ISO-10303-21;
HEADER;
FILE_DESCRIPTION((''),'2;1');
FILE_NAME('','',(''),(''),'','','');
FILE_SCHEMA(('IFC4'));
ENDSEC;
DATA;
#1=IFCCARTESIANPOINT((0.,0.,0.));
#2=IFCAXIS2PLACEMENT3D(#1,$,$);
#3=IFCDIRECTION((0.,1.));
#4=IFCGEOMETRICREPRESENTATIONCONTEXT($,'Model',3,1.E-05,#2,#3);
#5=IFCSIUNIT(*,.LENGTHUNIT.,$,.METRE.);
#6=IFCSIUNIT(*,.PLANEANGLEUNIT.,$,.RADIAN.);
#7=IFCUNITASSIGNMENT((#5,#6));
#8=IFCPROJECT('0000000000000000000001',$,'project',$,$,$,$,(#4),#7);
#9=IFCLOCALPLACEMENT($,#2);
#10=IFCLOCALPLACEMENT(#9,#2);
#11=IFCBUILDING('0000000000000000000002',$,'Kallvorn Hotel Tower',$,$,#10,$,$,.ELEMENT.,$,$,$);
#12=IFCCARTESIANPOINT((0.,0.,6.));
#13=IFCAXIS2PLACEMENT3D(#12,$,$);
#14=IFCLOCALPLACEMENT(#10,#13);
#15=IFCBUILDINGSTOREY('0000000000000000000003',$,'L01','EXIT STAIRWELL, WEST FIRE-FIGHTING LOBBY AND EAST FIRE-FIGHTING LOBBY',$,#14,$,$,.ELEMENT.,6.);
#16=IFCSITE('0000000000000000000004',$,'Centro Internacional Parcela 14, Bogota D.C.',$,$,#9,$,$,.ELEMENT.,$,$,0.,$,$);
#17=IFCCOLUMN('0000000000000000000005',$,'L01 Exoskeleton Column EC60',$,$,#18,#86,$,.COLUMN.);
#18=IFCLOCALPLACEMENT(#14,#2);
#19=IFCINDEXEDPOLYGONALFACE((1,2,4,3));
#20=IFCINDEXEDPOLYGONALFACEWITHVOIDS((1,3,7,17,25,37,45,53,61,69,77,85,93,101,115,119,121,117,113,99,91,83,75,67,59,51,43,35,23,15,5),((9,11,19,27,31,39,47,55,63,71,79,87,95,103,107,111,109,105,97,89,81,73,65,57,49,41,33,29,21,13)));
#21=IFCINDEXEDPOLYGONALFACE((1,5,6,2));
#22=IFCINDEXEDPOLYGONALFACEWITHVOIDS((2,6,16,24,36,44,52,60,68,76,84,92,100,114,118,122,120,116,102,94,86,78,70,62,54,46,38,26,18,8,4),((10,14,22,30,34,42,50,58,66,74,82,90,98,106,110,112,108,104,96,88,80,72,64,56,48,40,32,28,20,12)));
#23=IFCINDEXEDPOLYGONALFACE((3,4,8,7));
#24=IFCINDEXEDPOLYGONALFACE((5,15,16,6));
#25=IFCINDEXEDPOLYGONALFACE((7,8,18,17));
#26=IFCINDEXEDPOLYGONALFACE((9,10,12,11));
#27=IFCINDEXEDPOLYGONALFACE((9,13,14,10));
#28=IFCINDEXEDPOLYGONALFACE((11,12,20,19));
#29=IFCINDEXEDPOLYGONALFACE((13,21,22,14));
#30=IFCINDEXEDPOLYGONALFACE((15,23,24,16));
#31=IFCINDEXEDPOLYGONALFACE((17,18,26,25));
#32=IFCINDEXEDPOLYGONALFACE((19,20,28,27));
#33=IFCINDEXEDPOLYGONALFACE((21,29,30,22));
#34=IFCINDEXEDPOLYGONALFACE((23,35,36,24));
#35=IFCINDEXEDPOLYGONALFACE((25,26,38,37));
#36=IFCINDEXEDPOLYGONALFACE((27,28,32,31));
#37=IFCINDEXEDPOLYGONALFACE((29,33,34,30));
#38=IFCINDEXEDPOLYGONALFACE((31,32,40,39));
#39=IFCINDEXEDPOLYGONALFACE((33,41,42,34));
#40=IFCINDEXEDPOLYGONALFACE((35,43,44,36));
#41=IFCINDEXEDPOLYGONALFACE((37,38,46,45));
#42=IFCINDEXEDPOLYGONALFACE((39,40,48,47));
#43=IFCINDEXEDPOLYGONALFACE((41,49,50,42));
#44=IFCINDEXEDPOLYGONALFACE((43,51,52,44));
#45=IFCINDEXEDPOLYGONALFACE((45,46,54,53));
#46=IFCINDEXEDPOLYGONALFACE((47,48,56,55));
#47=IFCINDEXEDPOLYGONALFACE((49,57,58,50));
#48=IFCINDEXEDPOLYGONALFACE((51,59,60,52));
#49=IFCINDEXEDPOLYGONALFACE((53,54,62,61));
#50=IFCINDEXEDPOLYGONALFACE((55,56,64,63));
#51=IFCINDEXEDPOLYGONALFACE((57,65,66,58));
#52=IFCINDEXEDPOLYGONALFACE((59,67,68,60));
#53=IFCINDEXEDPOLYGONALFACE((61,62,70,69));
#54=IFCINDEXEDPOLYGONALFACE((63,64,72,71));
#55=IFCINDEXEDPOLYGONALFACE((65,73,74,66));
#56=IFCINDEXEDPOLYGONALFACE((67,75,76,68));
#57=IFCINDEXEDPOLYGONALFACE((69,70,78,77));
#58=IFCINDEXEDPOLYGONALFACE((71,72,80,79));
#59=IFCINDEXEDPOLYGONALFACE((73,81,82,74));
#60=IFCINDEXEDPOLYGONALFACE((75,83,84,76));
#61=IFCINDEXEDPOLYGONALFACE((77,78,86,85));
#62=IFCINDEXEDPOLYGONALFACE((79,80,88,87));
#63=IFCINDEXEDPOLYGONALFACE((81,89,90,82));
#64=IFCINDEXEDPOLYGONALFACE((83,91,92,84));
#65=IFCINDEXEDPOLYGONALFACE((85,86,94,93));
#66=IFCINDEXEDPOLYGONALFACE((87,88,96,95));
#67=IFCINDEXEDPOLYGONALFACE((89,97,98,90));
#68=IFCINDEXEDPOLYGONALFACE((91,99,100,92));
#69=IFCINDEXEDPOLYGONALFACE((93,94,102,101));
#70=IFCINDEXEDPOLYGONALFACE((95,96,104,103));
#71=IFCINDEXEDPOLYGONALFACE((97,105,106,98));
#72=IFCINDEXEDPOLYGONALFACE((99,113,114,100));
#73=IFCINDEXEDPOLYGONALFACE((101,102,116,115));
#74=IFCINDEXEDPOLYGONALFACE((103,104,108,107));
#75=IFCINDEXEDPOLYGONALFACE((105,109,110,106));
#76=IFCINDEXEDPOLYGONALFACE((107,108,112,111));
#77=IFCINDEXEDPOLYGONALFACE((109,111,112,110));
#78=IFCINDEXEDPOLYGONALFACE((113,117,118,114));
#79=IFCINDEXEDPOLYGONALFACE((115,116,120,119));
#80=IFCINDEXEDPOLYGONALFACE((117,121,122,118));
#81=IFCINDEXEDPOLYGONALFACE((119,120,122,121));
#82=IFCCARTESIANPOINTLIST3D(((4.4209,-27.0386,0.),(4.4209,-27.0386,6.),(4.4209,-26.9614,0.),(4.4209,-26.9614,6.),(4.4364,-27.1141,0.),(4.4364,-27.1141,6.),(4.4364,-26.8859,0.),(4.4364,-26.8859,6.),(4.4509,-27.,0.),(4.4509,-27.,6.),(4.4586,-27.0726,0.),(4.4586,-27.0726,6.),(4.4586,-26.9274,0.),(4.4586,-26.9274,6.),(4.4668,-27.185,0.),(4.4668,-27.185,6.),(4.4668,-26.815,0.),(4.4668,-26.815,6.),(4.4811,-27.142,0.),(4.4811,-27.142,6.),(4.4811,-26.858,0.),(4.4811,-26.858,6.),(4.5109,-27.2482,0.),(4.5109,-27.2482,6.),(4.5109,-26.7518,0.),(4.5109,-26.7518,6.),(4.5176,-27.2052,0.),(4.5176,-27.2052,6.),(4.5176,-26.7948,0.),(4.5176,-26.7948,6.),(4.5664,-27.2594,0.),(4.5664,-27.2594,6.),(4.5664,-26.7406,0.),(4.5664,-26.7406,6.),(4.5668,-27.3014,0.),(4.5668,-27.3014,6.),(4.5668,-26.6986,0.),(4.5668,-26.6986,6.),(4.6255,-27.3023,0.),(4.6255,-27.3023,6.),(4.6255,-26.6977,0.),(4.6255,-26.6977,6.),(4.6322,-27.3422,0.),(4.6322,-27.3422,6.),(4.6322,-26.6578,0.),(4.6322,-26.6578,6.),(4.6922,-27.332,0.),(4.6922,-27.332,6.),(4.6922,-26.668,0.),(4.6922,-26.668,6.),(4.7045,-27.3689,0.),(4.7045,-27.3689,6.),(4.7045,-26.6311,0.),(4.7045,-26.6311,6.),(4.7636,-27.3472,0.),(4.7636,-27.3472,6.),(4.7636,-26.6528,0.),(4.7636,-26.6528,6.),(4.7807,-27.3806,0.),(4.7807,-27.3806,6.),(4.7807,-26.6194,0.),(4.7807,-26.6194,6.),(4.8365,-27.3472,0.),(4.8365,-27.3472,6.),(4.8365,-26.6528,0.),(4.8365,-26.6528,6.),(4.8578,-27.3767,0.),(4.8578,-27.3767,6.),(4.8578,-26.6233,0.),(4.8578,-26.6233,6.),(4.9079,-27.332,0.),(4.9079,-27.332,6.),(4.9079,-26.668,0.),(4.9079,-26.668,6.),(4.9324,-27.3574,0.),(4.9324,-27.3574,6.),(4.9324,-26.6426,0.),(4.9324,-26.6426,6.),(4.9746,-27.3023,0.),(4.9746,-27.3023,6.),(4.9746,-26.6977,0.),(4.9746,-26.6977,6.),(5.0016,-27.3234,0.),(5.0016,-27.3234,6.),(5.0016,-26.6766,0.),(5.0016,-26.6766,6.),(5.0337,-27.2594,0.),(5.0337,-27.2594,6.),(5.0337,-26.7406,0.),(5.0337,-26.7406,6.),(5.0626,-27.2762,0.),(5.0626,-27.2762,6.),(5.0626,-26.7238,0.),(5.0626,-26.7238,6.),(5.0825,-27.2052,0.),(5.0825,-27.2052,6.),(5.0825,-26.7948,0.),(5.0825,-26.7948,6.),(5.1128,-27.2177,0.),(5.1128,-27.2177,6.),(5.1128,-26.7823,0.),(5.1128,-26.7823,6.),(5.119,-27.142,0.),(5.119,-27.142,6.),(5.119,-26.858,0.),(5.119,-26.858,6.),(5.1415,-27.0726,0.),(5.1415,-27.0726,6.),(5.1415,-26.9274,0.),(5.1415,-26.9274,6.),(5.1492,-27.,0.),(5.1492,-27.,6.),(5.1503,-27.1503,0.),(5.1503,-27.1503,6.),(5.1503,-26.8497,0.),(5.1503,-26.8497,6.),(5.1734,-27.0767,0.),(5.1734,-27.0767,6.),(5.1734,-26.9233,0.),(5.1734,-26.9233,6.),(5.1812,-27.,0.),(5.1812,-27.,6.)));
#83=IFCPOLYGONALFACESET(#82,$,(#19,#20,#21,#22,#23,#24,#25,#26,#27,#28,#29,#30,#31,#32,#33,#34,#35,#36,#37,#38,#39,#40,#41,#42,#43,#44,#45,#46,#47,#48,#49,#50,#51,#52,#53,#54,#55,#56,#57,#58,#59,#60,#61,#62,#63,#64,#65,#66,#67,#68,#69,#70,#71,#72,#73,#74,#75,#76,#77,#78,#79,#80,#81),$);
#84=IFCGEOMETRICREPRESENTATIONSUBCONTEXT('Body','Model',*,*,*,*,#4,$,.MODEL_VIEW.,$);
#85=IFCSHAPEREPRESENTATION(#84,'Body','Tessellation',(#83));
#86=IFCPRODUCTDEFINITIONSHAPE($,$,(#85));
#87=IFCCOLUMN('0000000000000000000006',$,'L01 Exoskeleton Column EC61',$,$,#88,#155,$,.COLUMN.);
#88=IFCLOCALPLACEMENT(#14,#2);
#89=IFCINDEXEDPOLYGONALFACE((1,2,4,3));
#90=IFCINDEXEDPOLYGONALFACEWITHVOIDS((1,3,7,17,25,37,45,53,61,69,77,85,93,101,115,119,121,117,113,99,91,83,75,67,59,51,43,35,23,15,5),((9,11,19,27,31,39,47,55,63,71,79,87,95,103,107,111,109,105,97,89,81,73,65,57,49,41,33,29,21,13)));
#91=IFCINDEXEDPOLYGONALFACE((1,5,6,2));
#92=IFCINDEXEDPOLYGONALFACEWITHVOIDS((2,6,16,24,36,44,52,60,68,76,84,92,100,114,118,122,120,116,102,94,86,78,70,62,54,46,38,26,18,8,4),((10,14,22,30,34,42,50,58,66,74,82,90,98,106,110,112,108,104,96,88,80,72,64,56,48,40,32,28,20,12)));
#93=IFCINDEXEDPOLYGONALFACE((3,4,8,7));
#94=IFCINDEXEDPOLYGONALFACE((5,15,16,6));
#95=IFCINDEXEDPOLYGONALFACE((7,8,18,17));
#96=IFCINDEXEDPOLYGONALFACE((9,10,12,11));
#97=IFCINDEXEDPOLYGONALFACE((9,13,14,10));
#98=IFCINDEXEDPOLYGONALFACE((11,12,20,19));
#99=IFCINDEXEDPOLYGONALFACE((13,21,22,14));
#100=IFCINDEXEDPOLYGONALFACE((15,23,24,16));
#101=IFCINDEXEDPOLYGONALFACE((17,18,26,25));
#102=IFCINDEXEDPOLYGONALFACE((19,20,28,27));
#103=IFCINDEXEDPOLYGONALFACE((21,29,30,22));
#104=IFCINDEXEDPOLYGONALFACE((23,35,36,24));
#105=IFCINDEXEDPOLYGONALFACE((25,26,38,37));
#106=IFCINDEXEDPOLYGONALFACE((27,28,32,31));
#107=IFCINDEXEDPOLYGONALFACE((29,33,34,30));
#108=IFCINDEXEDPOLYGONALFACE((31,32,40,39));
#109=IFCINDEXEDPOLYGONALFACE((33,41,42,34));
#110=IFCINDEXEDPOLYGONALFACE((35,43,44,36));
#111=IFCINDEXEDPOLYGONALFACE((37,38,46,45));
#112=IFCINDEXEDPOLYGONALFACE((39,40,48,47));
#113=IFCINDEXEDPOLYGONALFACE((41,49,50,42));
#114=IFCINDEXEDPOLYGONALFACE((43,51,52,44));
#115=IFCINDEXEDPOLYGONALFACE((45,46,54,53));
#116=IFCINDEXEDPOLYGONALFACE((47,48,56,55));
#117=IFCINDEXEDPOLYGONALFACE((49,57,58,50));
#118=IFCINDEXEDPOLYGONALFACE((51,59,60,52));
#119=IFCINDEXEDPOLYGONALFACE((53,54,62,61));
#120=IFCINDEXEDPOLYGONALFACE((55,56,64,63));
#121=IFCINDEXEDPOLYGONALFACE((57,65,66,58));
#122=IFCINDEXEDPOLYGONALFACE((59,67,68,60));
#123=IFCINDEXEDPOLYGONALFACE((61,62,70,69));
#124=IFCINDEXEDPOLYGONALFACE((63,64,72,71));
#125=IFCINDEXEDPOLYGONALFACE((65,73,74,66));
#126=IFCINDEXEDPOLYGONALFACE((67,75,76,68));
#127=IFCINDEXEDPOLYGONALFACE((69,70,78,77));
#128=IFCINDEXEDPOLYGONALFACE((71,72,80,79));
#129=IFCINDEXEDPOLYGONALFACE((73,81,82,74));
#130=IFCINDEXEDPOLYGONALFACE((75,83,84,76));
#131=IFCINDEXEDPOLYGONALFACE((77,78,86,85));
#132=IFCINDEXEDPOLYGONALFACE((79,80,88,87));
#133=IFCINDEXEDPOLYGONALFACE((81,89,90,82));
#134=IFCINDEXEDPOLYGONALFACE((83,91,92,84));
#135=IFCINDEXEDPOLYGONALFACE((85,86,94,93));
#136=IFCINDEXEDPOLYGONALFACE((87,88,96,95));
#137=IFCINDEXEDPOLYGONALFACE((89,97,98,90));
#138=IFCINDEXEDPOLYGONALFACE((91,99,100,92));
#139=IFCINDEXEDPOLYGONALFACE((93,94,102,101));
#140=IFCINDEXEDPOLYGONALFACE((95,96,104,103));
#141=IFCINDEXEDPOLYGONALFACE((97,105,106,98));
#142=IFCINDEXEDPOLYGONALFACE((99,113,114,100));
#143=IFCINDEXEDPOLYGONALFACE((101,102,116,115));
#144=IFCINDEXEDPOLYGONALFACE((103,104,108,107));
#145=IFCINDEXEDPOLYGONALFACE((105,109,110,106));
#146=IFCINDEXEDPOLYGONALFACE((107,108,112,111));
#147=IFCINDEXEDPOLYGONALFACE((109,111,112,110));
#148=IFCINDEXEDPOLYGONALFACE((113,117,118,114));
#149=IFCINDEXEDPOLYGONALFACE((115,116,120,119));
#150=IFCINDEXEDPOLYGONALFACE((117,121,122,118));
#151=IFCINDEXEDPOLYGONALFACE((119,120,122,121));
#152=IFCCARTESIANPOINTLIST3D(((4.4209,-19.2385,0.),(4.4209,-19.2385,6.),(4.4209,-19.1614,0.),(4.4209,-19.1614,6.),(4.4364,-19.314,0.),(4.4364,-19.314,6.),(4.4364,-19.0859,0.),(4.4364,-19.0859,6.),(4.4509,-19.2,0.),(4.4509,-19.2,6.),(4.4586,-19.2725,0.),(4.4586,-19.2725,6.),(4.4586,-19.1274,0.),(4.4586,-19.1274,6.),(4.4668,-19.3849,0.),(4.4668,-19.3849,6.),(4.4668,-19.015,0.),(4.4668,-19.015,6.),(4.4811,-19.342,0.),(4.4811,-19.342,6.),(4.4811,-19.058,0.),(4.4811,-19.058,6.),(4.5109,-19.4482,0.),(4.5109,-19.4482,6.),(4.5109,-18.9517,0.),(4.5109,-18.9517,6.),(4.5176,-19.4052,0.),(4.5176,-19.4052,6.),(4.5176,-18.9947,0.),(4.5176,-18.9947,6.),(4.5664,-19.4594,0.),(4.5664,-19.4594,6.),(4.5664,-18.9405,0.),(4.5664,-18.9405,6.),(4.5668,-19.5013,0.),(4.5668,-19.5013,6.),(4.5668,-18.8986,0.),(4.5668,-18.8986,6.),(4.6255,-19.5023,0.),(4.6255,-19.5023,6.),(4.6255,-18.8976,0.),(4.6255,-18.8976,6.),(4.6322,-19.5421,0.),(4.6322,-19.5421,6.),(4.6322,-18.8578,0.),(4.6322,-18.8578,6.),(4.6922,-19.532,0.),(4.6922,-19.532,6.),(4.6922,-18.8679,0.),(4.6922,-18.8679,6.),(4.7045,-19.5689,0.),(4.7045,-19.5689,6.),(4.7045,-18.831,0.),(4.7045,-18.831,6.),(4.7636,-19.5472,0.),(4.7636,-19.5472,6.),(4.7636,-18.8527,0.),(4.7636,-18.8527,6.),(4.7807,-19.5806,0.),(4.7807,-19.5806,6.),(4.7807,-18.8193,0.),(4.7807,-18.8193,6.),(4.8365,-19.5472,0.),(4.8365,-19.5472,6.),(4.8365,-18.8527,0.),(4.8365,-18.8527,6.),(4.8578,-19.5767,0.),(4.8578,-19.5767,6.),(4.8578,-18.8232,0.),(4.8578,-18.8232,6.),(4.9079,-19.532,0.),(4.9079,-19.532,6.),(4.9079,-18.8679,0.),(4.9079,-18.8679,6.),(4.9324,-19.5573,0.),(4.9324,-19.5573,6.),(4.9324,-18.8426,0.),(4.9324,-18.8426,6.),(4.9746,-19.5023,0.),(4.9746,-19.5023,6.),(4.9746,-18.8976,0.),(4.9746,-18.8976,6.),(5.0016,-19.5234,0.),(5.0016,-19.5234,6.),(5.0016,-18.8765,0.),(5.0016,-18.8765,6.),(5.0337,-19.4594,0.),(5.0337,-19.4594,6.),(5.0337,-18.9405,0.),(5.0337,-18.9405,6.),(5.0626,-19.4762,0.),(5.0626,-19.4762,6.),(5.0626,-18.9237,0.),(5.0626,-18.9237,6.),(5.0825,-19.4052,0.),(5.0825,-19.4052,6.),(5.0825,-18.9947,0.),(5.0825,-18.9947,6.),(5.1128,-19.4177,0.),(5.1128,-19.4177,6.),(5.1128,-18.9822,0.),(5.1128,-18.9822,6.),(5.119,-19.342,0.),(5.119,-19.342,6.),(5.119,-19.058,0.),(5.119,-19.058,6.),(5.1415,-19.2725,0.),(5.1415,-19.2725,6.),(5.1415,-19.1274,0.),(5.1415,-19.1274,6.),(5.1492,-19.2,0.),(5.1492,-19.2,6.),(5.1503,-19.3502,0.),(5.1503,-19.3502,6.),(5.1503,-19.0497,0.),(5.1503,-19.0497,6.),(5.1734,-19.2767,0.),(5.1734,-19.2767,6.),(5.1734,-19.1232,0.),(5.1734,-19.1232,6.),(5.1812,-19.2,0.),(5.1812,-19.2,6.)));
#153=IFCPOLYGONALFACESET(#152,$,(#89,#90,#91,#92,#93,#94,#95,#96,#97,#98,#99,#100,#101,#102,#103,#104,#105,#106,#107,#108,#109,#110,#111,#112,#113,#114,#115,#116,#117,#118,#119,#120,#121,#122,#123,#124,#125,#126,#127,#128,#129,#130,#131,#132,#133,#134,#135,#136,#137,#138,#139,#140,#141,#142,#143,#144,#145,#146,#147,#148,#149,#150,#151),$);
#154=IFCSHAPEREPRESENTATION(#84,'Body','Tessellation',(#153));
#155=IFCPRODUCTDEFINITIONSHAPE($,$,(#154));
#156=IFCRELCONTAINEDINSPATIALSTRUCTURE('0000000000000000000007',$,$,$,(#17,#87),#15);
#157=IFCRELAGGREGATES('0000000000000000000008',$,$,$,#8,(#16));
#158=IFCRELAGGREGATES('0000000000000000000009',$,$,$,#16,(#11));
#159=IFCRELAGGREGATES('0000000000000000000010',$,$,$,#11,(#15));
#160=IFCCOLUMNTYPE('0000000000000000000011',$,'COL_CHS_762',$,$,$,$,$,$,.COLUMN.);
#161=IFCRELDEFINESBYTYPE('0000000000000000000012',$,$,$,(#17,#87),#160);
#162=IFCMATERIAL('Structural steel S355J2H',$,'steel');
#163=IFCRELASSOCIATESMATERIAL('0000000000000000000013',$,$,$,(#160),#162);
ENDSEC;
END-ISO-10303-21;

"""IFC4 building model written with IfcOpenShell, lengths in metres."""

from ifc_helpers import new_model, si_unit, direction, frame, origin, origin_2d, place, context, subcontext, project, spatial, hollow_circle, extrude, material, material_profile, profile_set, type_object, element, save


model = new_model("IFC4")

# Units and contexts
model_context = context("Model", 3, precision=1e-05, world=origin(), true_north=direction((0.0, 1.0)))
body_context = subcontext(model_context, "Body", "Model", "MODEL_VIEW")
ifc_project = project(units=[si_unit("LENGTHUNIT", "METRE"), si_unit("PLANEANGLEUNIT", "RADIAN")], contexts=[model_context])

# Site, building, storey
site_placement = place(None, origin())
site = spatial("IfcSite", under=ifc_project, at=site_placement, Name="Centro Internacional Parcela 14, Bogota D.C.", CompositionType="ELEMENT", RefElevation=0.0)
building_placement = place(site_placement, origin())
building = spatial("IfcBuilding", under=site, at=building_placement, Name="Kallvorn Hotel Tower", CompositionType="ELEMENT")
storey_placement = place(building_placement, frame((0.0, 0.0, 6.0)))
storey = spatial("IfcBuildingStorey", under=building, at=storey_placement, Name="L01", Description="EXIT STAIRWELL, WEST FIRE-FIGHTING LOBBY AND EAST FIRE-FIGHTING LOBBY", CompositionType="ELEMENT", Elevation=6.0)

# Columns
ifc_material_1 = material(Name="Structural steel S355J2H", Category="steel")
ifc_material_profile_1 = material_profile(ifc_material_1, hollow_circle(Radius=0.3811, WallThickness=0.032, at=origin_2d()), Name="CHS 762x32")
ifc_profile_set_1 = profile_set([ifc_material_profile_1], Name="Structural steel S355J2H")
column_type_1 = type_object("IfcColumnType", Name="COL_CHS_762", PredefinedType="COLUMN", material=ifc_profile_set_1)
for number, where, z_axis, x_axis, name in (
    (1, (4.8, -27.0, 0.0), (0.0, 0.0, 1.0), (1.0, 0.0, 0.0), "L01 Exoskeleton Column EC60"),
    (2, (4.8, -19.2, 0.0), (0.0, 0.0, 1.0), (1.0, 0.0, 0.0), "L01 Exoskeleton Column EC61"),
):
    element("IfcColumn", number, at=place(storey_placement, frame(where, z_axis=z_axis, x_axis=x_axis)), inside=storey, type_object=column_type_1, Name=name, PredefinedType="COLUMN", context=body_context, shape_type="SweptSolid", body=[
        extrude(hollow_circle(Radius=0.3811, WallThickness=0.032, at=origin_2d()), origin(), (0.0, 0.0, 1.0), 6.0),
    ])

save(model, "model.ifc")
